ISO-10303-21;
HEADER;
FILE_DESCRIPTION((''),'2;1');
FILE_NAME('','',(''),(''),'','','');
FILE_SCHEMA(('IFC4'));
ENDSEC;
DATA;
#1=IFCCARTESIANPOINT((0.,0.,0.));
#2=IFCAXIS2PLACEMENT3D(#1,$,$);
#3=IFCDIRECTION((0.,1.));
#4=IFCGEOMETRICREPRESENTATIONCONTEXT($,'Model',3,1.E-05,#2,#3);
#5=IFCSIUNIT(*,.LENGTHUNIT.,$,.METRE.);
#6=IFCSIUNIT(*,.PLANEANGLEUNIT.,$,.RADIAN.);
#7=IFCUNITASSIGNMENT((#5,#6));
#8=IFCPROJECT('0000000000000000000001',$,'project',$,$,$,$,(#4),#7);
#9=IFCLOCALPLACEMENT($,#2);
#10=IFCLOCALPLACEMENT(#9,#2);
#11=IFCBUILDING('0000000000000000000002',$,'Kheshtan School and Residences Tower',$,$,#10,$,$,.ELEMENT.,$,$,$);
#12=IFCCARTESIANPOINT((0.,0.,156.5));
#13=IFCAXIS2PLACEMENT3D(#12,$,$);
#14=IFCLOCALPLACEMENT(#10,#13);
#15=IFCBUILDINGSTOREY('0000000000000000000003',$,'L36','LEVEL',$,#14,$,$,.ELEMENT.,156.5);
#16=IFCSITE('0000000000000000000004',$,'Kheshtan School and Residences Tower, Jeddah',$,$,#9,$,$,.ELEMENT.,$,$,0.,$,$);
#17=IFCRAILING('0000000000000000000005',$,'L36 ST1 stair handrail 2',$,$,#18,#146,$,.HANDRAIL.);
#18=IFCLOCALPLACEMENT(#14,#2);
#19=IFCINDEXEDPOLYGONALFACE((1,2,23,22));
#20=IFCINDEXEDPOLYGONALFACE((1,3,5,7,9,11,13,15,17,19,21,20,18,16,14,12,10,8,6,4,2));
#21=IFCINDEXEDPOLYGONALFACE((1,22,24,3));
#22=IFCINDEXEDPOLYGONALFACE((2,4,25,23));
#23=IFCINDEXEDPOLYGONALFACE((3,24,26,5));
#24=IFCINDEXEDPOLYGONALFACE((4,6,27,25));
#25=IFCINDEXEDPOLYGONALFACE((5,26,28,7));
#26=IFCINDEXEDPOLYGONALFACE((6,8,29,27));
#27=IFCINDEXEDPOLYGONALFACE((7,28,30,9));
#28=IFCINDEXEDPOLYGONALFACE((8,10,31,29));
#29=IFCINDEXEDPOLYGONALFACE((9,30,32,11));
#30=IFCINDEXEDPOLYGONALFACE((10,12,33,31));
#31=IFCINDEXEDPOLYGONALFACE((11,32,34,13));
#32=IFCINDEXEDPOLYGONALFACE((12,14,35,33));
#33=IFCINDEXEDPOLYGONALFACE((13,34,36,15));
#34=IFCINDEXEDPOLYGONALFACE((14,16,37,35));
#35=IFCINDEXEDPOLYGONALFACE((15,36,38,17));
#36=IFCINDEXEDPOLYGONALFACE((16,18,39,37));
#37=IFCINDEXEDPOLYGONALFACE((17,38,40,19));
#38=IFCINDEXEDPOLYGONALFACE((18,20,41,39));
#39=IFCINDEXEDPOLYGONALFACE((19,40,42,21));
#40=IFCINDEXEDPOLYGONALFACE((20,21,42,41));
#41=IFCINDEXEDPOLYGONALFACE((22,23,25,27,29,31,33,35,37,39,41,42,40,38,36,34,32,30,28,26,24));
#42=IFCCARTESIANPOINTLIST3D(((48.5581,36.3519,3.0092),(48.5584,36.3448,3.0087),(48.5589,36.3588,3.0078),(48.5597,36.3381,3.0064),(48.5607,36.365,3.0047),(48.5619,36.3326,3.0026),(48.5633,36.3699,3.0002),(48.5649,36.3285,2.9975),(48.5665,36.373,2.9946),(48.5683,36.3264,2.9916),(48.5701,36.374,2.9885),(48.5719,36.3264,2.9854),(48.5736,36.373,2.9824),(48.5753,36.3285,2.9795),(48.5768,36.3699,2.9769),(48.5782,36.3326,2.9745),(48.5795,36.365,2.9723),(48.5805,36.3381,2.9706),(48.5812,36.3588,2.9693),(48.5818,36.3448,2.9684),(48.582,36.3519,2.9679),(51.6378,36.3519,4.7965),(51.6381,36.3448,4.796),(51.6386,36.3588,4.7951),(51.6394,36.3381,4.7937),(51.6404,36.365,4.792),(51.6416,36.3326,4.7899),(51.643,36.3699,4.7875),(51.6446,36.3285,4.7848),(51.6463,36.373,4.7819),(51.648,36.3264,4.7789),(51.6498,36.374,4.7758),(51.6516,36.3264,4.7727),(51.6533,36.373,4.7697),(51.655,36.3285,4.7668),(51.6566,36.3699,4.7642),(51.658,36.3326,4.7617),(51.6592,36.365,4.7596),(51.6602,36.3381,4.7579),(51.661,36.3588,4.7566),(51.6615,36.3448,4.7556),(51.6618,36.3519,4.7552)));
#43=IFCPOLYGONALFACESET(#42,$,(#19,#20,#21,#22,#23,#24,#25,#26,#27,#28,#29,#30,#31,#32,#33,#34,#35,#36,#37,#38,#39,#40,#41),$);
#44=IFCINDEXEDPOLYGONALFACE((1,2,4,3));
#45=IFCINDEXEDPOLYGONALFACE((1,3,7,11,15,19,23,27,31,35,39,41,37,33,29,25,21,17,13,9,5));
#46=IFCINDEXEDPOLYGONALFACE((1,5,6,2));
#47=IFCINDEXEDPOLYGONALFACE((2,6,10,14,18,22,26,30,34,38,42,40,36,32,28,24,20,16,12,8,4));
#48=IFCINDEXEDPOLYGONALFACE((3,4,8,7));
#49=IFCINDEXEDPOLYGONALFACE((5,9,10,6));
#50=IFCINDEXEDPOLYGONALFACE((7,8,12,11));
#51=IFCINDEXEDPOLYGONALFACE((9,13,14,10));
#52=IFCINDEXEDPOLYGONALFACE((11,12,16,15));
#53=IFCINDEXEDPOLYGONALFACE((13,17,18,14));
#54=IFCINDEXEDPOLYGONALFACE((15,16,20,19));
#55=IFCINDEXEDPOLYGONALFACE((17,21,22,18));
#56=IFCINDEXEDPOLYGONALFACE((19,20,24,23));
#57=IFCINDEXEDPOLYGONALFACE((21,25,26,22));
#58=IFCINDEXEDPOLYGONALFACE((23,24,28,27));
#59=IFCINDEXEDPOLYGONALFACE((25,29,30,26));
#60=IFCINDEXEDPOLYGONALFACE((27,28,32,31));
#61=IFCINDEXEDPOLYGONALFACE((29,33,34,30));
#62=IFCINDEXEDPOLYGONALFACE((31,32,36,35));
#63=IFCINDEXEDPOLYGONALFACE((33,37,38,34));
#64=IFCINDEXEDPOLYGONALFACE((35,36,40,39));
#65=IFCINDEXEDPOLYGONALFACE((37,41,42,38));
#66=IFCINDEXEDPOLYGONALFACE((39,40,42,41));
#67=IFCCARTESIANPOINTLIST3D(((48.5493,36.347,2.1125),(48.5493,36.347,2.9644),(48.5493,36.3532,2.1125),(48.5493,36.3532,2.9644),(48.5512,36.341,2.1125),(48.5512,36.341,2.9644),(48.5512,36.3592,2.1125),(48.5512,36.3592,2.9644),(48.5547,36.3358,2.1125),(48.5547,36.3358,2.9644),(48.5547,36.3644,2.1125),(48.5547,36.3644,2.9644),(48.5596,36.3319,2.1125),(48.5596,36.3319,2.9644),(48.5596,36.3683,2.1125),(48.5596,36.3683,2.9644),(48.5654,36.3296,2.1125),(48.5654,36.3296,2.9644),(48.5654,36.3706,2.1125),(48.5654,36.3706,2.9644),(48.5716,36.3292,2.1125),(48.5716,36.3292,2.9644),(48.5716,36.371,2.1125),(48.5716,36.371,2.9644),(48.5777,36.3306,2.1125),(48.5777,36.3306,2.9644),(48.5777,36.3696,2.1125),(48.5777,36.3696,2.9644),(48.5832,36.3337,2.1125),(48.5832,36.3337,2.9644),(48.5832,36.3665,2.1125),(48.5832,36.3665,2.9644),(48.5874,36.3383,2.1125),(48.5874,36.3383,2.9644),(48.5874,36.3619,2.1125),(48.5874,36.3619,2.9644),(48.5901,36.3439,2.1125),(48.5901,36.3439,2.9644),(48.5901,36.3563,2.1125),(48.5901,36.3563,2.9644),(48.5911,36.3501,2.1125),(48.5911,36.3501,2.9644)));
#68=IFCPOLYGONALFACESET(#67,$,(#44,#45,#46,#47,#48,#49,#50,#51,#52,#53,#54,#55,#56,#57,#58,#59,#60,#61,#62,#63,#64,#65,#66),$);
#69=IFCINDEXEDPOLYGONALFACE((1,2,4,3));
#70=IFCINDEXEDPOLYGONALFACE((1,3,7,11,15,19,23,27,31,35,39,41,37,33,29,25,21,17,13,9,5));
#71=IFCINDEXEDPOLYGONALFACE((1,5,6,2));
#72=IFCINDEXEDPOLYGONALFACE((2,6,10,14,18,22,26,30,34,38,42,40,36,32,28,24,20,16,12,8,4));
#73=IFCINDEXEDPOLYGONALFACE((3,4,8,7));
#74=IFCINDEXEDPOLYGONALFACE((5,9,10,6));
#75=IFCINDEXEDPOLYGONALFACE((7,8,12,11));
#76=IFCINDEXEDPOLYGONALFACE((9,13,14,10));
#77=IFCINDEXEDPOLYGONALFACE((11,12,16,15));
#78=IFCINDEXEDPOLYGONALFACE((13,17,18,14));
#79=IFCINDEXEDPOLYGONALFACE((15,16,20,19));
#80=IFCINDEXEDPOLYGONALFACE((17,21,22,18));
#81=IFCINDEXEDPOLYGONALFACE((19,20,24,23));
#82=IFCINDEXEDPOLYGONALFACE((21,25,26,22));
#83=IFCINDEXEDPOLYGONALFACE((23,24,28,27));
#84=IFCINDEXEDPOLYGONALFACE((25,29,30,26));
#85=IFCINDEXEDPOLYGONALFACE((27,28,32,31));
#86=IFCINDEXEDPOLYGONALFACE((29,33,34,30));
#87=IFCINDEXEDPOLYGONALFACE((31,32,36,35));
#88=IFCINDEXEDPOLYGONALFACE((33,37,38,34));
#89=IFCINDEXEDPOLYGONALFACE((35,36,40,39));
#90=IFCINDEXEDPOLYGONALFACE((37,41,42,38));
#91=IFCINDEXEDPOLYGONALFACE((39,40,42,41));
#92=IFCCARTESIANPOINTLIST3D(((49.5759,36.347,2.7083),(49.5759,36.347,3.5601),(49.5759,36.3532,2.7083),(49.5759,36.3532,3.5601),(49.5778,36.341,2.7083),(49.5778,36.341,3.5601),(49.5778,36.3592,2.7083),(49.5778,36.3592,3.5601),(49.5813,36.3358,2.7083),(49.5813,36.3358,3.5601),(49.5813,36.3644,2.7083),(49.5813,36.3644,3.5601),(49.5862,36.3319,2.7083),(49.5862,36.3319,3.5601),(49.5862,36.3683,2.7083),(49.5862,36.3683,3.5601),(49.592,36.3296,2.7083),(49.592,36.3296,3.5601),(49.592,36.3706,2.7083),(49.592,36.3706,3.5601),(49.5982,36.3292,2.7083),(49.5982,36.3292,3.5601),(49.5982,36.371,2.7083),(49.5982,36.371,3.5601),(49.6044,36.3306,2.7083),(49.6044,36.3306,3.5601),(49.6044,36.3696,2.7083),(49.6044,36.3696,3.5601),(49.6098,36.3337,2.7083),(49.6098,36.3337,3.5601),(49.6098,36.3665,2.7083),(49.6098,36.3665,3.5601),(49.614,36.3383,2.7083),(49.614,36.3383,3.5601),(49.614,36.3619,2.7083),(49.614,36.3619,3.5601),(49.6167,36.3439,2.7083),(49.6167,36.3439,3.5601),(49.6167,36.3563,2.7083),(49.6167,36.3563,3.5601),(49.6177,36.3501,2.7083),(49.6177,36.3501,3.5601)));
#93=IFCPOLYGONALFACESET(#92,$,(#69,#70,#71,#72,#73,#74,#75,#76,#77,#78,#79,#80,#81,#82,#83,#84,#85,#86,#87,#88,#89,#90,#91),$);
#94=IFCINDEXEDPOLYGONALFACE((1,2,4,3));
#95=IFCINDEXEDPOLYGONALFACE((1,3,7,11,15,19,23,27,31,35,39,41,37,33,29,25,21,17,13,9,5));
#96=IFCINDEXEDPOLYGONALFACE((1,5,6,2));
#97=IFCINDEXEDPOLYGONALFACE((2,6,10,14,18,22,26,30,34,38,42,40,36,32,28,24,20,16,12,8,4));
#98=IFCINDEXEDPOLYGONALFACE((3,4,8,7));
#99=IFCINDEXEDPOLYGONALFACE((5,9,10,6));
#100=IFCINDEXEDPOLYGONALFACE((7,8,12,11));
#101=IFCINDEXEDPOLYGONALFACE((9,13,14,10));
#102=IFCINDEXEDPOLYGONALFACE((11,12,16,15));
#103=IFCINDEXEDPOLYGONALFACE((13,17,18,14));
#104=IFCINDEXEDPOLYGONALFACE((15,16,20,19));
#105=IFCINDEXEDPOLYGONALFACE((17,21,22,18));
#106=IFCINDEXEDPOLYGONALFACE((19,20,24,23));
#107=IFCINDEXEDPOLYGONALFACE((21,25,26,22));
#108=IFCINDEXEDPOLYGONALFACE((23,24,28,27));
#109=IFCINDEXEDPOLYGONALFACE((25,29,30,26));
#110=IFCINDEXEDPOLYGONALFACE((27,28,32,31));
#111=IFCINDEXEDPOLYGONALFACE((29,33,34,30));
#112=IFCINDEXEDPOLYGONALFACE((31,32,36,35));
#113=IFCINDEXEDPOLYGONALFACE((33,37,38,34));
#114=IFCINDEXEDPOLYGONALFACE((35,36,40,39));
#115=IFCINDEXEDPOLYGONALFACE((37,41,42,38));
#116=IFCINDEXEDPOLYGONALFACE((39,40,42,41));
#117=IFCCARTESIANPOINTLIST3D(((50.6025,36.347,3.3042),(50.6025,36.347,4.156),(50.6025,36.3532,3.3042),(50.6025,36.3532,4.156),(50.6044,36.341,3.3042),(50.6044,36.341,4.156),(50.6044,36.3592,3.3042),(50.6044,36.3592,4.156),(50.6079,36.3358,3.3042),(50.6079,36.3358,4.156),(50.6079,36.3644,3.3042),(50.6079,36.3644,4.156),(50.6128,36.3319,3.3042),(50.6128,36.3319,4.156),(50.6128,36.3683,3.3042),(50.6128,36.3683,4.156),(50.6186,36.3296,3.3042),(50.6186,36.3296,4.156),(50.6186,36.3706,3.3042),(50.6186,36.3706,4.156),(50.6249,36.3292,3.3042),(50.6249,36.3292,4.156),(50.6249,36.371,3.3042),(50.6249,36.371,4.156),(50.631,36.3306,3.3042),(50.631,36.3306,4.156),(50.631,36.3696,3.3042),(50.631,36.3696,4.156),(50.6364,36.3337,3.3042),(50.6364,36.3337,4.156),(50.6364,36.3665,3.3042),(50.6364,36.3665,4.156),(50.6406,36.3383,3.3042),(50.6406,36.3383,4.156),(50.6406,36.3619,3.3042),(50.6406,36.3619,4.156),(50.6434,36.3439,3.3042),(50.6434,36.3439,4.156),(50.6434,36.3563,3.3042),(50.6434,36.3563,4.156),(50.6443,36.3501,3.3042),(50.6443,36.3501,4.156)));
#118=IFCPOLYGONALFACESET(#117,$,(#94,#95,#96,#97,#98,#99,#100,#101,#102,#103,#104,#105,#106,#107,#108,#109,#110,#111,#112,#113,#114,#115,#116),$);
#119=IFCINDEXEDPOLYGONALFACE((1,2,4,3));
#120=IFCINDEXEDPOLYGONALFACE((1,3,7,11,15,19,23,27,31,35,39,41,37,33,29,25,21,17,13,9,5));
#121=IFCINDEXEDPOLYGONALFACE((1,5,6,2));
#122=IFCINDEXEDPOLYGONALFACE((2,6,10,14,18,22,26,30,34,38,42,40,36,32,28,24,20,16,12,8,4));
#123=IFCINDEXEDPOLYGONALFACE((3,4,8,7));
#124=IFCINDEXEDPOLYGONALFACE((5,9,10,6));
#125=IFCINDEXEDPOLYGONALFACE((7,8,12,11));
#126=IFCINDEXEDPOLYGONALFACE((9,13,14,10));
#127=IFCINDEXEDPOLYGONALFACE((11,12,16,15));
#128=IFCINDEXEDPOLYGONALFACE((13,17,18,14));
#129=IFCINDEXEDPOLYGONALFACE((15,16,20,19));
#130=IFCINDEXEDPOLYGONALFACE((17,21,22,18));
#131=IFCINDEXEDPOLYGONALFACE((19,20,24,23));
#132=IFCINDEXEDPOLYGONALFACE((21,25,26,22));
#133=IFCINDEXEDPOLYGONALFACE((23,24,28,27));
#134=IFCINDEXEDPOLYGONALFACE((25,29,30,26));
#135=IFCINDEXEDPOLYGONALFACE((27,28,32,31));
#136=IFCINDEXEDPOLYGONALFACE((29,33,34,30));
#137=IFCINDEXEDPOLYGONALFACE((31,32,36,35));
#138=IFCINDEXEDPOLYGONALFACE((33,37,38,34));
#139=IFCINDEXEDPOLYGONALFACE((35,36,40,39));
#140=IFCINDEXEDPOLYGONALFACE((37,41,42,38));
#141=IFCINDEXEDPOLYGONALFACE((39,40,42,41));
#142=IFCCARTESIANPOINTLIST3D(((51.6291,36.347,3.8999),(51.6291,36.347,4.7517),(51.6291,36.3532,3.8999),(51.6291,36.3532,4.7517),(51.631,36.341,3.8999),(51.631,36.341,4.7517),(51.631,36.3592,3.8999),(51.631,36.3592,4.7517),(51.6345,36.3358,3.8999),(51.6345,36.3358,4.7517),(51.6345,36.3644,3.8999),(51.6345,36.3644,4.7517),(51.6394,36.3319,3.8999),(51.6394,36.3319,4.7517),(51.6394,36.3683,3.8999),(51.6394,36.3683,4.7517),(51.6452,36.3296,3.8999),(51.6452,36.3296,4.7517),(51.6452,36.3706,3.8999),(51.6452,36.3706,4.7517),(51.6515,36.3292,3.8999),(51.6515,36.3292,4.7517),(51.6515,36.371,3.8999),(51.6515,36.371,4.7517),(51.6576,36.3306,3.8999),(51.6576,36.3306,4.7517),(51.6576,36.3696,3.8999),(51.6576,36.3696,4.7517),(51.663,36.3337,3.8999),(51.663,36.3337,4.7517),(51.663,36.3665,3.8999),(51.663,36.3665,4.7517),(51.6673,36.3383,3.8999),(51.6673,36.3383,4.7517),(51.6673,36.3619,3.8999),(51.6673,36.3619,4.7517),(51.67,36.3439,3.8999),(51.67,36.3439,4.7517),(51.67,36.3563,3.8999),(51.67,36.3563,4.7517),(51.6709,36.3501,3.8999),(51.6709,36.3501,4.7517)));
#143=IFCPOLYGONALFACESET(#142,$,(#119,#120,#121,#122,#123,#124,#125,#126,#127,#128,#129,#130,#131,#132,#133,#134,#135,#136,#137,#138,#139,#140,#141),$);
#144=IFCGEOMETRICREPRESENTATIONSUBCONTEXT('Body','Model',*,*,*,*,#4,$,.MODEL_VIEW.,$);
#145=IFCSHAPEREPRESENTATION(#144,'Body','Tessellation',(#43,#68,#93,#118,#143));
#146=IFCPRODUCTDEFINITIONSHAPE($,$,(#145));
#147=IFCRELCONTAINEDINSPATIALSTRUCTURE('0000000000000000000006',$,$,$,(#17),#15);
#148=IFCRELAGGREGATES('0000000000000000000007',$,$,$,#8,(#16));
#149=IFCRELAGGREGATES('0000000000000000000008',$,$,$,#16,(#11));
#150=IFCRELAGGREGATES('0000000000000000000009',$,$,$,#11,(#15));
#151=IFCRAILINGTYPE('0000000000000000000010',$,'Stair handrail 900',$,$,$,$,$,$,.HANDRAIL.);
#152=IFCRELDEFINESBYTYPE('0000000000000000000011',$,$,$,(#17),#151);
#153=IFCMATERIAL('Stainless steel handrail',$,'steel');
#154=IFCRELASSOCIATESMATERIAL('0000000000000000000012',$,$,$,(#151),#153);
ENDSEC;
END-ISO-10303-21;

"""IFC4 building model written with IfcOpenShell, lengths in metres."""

from ifc_helpers import new_model, si_unit, direction, frame, origin, origin_2d, place, context, subcontext, project, spatial, circle, extrude, material, type_object, element, save


model = new_model("IFC4")

# Units and contexts
model_context = context("Model", 3, precision=1e-05, world=origin(), true_north=direction((0.0, 1.0)))
body_context = subcontext(model_context, "Body", "Model", "MODEL_VIEW")
ifc_project = project(units=[si_unit("LENGTHUNIT", "METRE"), si_unit("PLANEANGLEUNIT", "RADIAN")], contexts=[model_context])

# Site, building, storey
site_placement = place(None, origin())
site = spatial("IfcSite", under=ifc_project, at=site_placement, Name="Kheshtan School and Residences Tower, Jeddah", CompositionType="ELEMENT", RefElevation=0.0)
building_placement = place(site_placement, origin())
building = spatial("IfcBuilding", under=site, at=building_placement, Name="Kheshtan School and Residences Tower", CompositionType="ELEMENT")
storey_placement = place(building_placement, frame((0.0, 0.0, 156.5)))
storey = spatial("IfcBuildingStorey", under=building, at=storey_placement, Name="L36", Description="LEVEL", CompositionType="ELEMENT", Elevation=156.5)

# Railing
ifc_material_1 = material(Name="Stainless steel handrail", Category="steel")
railing_type_1 = type_object("IfcRailingType", Name="Stair handrail 900", PredefinedType="HANDRAIL", material=ifc_material_1)
railing_1_placement = place(storey_placement, frame((48.5701, 36.3501, 2.1125)))
element("IfcRailing", 1, at=railing_1_placement, inside=storey, type_object=railing_type_1, Name="L36 ST1 stair handrail 2", PredefinedType="HANDRAIL", context=body_context, shape_type="SweptSolid", body=[
    extrude(circle(Radius=0.0239, at=origin_2d()), frame((0.0, 0.0, 0.876), z_axis=(0.864903, 0.0, 0.501939), x_axis=(0.0, 1.0, 0.0)), (0.0, 0.0, 1.0), 3.5608),
    extrude(circle(Radius=0.021, at=origin_2d()), origin(), (0.0, 0.0, 1.0), 0.8518),
    extrude(circle(Radius=0.021, at=origin_2d()), frame((1.0266, 0.0, 0.5957)), (0.0, 0.0, 1.0), 0.8518),
    extrude(circle(Radius=0.021, at=origin_2d()), frame((2.0532, 0.0, 1.1917)), (0.0, 0.0, 1.0), 0.8518),
    extrude(circle(Radius=0.021, at=origin_2d()), frame((3.0798, 0.0, 1.7874)), (0.0, 0.0, 1.0), 0.8518),
])

save(model, "model.ifc")
